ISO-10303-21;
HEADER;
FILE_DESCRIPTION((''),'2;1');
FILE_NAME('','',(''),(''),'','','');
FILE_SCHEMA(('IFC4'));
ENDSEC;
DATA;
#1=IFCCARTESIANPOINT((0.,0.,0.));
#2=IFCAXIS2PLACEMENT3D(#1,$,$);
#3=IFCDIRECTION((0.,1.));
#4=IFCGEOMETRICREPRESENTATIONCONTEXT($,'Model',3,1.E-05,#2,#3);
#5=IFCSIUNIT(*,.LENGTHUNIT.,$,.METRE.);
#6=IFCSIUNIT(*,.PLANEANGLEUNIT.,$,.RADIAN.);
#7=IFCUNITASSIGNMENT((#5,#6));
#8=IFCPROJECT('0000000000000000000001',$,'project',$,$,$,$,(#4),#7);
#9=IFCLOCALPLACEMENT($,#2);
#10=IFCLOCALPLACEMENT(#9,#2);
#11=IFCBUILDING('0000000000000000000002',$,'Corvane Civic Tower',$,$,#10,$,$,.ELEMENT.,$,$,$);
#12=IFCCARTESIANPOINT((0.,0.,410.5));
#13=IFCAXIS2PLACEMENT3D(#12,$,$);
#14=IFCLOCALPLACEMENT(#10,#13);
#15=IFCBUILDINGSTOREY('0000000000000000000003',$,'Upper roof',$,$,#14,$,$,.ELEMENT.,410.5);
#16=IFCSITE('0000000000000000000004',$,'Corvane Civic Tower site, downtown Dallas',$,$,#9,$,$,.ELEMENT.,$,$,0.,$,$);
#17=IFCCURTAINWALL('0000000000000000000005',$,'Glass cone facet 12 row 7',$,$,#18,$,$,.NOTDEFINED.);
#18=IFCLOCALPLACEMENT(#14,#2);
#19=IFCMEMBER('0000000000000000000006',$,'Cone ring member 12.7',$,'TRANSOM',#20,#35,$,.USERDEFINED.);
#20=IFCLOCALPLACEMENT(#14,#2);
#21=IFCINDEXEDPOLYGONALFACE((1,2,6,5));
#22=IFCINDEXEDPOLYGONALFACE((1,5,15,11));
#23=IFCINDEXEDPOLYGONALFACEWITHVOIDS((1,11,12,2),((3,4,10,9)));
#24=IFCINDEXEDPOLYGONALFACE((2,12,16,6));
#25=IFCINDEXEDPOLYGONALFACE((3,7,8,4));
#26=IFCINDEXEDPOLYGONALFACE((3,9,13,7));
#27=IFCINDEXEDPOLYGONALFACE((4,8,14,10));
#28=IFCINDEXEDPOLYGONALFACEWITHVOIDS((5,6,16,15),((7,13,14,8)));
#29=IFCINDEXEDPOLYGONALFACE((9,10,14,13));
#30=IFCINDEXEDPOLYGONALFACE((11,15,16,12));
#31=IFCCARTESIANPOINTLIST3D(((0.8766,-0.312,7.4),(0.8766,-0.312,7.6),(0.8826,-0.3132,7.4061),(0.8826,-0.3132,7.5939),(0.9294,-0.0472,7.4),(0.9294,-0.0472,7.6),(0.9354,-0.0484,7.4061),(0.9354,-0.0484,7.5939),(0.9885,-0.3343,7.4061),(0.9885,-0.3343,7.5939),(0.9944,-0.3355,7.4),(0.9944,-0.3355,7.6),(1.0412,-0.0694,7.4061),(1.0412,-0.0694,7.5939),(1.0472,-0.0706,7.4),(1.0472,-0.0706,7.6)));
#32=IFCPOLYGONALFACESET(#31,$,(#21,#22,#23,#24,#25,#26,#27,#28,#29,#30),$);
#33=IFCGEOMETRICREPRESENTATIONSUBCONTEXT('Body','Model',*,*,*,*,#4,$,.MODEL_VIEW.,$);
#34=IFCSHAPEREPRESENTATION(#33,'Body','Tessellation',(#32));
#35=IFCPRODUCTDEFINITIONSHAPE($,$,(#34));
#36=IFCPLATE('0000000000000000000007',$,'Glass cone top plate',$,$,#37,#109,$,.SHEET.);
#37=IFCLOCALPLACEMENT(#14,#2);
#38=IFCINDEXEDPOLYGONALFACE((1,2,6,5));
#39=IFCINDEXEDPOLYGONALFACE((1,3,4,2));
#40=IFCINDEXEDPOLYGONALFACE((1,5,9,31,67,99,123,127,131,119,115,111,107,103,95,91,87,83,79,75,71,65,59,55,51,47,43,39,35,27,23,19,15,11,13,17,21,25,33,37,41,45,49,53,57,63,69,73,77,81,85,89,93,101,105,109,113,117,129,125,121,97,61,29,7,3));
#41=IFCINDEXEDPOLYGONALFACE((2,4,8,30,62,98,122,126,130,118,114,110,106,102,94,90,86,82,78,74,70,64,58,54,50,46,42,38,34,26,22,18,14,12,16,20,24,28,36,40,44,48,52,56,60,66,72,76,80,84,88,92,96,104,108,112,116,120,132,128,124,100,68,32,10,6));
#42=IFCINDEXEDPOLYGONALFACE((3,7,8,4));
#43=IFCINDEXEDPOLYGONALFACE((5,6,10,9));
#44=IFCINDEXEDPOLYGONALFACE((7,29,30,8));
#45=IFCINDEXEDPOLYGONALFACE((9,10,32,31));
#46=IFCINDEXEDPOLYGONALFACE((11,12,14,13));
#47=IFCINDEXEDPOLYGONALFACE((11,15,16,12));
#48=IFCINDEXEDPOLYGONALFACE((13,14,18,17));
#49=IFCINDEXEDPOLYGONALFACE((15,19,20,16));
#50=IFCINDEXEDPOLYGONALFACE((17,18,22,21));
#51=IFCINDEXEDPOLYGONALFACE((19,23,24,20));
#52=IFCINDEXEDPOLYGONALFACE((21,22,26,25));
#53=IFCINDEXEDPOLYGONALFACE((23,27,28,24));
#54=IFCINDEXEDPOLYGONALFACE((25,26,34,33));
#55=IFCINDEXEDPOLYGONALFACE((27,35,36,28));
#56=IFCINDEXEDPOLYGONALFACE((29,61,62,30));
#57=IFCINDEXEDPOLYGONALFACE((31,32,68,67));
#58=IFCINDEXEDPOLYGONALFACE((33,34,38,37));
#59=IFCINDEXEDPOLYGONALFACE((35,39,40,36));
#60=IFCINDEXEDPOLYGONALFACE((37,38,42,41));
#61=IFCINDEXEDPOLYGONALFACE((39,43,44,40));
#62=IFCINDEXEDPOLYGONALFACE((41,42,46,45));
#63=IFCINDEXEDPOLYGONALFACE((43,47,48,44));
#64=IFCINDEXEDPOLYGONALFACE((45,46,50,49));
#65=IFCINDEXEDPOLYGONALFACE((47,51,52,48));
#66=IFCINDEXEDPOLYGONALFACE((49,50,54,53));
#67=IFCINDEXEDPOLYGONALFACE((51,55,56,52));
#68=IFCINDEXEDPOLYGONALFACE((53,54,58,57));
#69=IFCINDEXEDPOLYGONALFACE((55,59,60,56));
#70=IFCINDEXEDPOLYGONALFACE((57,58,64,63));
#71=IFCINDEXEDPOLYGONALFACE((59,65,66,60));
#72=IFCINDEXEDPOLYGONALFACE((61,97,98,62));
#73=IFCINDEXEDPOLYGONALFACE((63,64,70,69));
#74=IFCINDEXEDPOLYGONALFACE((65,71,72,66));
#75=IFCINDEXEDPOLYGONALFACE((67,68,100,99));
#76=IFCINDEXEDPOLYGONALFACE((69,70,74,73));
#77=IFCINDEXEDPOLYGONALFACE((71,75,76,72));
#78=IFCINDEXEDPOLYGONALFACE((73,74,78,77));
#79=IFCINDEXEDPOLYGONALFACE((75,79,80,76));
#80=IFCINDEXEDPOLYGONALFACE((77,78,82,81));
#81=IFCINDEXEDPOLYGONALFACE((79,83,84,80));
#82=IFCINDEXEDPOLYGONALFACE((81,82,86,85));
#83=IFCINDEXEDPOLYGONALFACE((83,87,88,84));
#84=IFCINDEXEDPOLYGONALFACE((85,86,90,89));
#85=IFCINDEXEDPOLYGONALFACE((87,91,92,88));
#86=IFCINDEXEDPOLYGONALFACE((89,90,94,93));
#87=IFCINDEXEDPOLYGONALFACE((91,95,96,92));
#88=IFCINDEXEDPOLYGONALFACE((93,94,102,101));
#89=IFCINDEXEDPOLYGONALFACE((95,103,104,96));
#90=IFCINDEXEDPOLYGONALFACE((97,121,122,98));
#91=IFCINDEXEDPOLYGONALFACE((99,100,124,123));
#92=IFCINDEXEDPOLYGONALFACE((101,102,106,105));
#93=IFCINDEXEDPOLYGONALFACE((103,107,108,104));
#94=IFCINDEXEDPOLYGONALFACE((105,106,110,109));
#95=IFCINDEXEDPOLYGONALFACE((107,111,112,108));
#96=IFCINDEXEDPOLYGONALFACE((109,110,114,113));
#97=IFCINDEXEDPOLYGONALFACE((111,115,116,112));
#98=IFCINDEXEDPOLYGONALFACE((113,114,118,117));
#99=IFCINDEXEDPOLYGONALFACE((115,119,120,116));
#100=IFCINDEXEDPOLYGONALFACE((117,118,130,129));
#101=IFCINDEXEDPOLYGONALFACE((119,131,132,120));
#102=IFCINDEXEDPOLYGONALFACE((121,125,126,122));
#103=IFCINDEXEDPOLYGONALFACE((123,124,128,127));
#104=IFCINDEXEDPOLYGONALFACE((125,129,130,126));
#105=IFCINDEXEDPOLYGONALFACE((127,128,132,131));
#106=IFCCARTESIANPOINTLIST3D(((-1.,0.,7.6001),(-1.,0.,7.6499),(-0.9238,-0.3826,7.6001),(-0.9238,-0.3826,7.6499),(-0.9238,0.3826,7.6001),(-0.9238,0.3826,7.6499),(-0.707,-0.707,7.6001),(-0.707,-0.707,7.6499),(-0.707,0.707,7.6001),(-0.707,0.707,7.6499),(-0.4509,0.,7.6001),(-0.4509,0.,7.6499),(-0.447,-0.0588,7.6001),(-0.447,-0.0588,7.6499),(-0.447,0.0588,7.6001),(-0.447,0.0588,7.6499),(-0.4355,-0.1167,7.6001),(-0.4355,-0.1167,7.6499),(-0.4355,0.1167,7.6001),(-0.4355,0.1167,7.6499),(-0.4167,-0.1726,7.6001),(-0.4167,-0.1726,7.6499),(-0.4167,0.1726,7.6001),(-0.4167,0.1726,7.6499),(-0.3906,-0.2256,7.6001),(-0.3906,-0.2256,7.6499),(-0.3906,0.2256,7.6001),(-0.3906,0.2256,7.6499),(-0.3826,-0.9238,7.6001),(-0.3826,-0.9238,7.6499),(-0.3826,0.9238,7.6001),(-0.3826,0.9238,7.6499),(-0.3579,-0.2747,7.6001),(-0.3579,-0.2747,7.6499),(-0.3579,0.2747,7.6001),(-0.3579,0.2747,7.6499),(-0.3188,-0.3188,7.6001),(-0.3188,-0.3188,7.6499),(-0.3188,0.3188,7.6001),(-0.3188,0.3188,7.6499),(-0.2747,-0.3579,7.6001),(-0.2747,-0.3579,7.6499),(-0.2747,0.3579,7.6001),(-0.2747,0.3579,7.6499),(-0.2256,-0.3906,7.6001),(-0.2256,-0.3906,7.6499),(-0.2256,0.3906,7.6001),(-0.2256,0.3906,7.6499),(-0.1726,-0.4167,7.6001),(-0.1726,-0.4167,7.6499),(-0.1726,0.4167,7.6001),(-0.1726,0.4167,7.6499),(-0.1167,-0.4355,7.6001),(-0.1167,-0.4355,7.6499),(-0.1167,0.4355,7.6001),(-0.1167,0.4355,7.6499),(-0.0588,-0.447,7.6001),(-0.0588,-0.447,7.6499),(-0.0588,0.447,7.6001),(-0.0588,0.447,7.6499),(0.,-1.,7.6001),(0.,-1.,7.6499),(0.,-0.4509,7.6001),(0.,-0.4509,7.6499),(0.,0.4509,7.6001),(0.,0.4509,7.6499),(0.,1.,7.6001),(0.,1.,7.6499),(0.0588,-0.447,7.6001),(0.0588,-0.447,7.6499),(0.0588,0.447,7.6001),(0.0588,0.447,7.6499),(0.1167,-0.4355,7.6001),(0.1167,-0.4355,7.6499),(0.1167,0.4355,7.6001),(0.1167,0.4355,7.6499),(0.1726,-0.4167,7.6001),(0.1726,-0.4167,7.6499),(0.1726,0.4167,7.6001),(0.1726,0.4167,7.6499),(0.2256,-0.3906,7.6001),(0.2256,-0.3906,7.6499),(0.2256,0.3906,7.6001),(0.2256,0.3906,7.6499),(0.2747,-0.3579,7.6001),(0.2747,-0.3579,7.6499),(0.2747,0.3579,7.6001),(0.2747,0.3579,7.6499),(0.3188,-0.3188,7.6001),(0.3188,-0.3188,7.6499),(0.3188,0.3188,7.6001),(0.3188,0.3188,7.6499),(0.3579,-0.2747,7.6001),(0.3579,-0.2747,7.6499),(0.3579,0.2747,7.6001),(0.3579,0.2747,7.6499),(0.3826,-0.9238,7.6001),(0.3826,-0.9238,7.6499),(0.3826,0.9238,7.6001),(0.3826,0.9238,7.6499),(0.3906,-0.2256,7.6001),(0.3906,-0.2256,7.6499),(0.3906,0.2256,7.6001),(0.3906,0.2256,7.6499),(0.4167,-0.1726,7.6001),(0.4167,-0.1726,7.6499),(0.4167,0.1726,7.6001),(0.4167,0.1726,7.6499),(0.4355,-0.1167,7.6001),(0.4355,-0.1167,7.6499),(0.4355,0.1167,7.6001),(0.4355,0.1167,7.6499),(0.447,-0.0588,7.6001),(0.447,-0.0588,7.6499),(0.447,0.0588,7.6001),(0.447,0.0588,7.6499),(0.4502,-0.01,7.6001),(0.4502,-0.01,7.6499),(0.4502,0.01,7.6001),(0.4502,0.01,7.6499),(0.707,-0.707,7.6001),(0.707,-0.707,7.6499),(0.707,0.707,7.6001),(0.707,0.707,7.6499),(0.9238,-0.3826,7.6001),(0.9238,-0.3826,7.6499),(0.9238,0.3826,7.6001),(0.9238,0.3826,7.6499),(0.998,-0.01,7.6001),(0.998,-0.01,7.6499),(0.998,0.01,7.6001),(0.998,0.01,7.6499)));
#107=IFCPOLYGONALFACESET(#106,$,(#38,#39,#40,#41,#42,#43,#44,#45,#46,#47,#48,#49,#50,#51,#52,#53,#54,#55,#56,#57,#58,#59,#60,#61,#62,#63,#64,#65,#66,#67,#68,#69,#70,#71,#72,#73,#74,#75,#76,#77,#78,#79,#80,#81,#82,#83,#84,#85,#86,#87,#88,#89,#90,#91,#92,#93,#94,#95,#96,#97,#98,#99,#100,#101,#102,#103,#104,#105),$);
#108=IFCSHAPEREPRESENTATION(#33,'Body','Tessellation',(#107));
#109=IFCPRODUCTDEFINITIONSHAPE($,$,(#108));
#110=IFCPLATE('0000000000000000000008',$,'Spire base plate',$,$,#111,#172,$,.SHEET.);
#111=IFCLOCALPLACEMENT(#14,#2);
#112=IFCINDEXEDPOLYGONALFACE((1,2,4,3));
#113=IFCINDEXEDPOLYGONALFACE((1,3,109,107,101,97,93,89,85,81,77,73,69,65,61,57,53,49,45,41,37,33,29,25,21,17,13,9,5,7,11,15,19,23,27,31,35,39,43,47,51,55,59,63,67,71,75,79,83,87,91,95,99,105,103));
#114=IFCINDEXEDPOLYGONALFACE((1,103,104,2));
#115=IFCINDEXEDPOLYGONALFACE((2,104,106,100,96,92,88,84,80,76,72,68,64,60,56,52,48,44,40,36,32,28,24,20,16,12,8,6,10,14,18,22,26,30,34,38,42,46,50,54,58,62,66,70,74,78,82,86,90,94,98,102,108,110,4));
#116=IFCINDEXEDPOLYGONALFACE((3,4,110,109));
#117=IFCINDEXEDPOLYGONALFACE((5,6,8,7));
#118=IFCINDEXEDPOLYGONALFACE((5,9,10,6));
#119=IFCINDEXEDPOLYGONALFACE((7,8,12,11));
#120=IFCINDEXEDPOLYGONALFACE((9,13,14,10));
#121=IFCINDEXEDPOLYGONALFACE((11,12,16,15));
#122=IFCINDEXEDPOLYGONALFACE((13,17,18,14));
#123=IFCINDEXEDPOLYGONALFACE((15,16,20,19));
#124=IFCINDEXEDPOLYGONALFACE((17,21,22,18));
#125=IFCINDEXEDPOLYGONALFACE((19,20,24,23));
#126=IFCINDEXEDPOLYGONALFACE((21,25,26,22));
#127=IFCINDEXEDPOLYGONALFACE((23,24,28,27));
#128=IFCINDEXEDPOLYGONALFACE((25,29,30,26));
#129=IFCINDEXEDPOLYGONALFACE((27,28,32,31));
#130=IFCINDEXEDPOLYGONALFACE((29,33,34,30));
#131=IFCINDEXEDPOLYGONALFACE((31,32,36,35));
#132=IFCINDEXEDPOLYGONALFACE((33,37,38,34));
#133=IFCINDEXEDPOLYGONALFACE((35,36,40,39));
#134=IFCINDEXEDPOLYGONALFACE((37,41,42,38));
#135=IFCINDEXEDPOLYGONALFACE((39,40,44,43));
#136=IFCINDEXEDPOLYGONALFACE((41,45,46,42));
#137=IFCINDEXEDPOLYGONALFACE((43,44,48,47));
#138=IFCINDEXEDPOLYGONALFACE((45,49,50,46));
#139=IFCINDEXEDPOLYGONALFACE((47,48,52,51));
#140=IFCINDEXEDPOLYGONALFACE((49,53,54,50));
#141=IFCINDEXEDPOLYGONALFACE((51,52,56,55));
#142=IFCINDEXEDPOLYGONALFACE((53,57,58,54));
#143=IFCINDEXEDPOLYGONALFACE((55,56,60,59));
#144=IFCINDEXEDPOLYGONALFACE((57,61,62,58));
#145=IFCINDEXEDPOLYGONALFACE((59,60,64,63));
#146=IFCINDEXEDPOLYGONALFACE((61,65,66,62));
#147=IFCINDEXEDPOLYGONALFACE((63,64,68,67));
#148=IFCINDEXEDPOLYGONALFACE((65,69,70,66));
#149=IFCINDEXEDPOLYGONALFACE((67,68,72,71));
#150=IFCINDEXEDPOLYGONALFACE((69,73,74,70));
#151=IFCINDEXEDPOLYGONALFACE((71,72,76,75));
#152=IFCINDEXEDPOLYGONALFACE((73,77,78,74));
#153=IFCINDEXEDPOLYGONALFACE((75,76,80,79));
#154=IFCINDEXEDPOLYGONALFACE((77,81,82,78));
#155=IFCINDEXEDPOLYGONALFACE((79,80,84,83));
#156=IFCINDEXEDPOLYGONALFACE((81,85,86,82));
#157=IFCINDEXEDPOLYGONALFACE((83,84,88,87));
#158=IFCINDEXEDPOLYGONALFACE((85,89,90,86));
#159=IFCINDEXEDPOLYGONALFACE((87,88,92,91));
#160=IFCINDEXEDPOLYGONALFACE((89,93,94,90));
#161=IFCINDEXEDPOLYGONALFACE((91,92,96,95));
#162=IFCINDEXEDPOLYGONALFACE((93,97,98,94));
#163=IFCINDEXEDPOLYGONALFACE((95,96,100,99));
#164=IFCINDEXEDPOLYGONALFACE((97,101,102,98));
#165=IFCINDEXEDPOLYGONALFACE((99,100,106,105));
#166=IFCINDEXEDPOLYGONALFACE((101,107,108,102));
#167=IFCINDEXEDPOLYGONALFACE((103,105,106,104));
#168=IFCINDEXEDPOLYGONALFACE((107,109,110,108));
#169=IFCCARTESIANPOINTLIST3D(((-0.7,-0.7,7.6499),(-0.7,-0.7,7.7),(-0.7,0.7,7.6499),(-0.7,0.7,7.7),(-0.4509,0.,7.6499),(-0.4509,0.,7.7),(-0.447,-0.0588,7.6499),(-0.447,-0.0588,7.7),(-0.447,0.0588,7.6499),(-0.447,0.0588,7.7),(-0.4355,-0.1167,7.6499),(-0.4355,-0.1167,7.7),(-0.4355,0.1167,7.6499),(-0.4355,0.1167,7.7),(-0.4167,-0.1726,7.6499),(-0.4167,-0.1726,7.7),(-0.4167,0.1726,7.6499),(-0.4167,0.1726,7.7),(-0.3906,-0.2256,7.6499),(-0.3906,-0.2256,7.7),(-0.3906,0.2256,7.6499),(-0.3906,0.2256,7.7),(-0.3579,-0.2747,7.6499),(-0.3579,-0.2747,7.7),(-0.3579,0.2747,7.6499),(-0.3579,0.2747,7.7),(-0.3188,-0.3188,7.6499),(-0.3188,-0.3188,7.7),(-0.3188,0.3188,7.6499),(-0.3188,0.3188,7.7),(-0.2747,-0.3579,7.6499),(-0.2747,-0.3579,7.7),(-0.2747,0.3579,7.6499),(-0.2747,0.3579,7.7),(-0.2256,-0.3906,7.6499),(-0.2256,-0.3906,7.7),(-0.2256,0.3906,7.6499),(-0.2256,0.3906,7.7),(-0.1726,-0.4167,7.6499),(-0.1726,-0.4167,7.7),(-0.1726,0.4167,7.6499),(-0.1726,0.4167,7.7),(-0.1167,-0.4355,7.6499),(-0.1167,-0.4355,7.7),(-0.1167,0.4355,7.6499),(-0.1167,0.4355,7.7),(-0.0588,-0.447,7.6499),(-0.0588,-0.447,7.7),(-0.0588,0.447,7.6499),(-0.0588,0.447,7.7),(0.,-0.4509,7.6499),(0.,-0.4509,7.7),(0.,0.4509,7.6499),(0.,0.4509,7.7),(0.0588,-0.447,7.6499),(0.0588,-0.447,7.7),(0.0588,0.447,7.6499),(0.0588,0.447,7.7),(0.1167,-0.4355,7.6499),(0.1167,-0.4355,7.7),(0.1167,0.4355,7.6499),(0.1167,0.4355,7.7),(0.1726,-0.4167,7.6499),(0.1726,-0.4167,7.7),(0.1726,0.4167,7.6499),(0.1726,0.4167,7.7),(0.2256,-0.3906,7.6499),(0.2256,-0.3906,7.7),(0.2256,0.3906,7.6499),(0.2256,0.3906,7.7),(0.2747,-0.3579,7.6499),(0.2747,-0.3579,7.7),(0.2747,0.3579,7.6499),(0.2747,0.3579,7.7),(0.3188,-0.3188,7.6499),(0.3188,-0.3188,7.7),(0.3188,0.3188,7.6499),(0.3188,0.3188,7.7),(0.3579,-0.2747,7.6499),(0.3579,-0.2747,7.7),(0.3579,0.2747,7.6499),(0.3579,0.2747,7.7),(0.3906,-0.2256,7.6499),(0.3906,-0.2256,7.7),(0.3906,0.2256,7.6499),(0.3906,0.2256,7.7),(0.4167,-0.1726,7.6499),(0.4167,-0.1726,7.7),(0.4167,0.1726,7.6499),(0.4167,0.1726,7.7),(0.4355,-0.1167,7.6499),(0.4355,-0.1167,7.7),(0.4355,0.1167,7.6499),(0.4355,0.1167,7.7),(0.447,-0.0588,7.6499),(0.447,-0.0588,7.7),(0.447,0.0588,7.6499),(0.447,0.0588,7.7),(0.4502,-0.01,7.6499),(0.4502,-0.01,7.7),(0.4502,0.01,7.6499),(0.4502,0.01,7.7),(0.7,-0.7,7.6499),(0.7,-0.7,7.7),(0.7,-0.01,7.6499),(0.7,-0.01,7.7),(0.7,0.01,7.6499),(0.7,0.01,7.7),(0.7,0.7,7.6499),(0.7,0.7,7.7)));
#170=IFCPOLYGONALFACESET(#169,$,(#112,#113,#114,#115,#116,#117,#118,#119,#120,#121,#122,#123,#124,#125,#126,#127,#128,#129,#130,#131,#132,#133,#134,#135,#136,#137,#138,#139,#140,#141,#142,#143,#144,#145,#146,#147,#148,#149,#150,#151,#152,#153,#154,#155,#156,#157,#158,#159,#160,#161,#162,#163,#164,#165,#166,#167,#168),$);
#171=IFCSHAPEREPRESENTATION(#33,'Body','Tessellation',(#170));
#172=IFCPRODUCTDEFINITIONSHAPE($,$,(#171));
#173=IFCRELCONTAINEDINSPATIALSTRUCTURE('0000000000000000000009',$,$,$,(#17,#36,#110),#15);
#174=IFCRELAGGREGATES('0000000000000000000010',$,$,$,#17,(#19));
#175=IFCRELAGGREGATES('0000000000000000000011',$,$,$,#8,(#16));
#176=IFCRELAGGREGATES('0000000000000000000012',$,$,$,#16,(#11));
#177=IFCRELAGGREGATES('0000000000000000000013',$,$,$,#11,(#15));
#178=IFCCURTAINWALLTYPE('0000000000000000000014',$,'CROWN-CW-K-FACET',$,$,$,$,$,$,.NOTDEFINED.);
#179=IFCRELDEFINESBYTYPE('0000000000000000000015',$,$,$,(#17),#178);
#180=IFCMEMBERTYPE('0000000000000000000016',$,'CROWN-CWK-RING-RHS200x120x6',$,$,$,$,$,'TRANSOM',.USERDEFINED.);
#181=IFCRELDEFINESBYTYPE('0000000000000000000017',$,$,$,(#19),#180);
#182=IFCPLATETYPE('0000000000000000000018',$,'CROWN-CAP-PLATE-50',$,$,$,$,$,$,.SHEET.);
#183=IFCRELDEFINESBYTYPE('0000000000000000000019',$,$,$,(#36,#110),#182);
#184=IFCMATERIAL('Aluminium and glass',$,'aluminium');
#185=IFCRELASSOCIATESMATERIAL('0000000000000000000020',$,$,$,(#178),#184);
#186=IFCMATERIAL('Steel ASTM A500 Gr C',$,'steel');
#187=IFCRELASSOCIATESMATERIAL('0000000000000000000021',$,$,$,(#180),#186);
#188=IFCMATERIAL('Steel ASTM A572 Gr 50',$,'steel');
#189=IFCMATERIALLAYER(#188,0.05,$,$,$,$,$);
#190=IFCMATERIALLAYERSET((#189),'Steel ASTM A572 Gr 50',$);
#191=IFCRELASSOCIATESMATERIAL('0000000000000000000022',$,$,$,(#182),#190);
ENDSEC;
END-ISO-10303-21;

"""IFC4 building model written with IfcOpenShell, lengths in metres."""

from ifc_helpers import new_model, si_unit, direction, frame, origin, origin_2d, place, context, subcontext, project, spatial, polyline, hollow_rectangle, outline, extrude, material, layer, layer_set, material_profile, profile_set, type_object, element, aggregate, save


model = new_model("IFC4")

# Units and contexts
model_context = context("Model", 3, precision=1e-05, world=origin(), true_north=direction((0.0, 1.0)))
body_context = subcontext(model_context, "Body", "Model", "MODEL_VIEW")
ifc_project = project(units=[si_unit("LENGTHUNIT", "METRE"), si_unit("PLANEANGLEUNIT", "RADIAN")], contexts=[model_context])

# Site, building, storey
site_placement = place(None, origin())
site = spatial("IfcSite", under=ifc_project, at=site_placement, Name="Corvane Civic Tower site, downtown Dallas", CompositionType="ELEMENT", RefElevation=0.0)
building_placement = place(site_placement, origin())
building = spatial("IfcBuilding", under=site, at=building_placement, Name="Corvane Civic Tower", CompositionType="ELEMENT")
storey_placement = place(building_placement, frame((0.0, 0.0, 410.5)))
storey = spatial("IfcBuildingStorey", under=building, at=storey_placement, Name="Upper roof", CompositionType="ELEMENT", Elevation=410.5)

# Curtain wall
ifc_material_1 = material(Name="Aluminium and glass", Category="aluminium")
curtain_wall_type = type_object("IfcCurtainWallType", Name="CROWN-CW-K-FACET", PredefinedType="NOTDEFINED", material=ifc_material_1)
curtain_wall_1_placement = place(storey_placement, origin())
curtain_wall_1 = element("IfcCurtainWall", 1, at=curtain_wall_1_placement, inside=storey, type_object=curtain_wall_type, Name="Glass cone facet 12 row 7", PredefinedType="NOTDEFINED")

# Shared definitions
ifc_material_2 = material(Name="Steel ASTM A500 Gr C", Category="steel")
ifc_material_profile_1 = material_profile(ifc_material_2, hollow_rectangle(XDim=0.1201, YDim=0.2, WallThickness=0.0061, at=origin_2d()), Name="RHS 200x120x6")
ifc_profile_set_1 = profile_set([ifc_material_profile_1], Name="Steel ASTM A500 Gr C")
member_type_1 = type_object("IfcMemberType", Name="CROWN-CWK-RING-RHS200x120x6", ElementType="TRANSOM", PredefinedType="USERDEFINED", material=ifc_profile_set_1)

# Member
member_1_placement = place(storey_placement, frame((0.9355, -0.3237, 7.5), z_axis=(0.195247, 0.980754, 0.0), x_axis=(-0.980754, 0.195247, 0.0)))
member_1 = element("IfcMember", 2, at=member_1_placement, type_object=member_type_1, Name="Cone ring member 12.7", ObjectType="TRANSOM", PredefinedType="USERDEFINED", context=body_context, shape_type="SweptSolid", body=[
    extrude(hollow_rectangle(XDim=0.1201, YDim=0.2, WallThickness=0.0061, at=origin_2d()), origin(), (0.0, 0.0, 1.0), 0.27),
])

# Plates
ifc_material_3 = material(Name="Steel ASTM A572 Gr 50", Category="steel")
ifc_layer_1 = layer(ifc_material_3, 0.05)
ifc_layer_set_1 = layer_set([ifc_layer_1], Name="Steel ASTM A572 Gr 50")
plate_type_1 = type_object("IfcPlateType", Name="CROWN-CAP-PLATE-50", PredefinedType="SHEET", material=ifc_layer_set_1)
plate_1_placement = place(storey_placement, frame((0.0, 0.0, 7.6001)))
element("IfcPlate", 3, at=plate_1_placement, inside=storey, type_object=plate_type_1, Name="Glass cone top plate", PredefinedType="SHEET", context=body_context, shape_type="SweptSolid", body=[
    extrude(outline(polyline([(0.9238, -0.3826), (0.998, -0.01), (0.4502, -0.01), (0.447, -0.0588), (0.4355, -0.1167), (0.4167, -0.1726), (0.3906, -0.2256), (0.3579, -0.2747), (0.3188, -0.3188), (0.2747, -0.3579), (0.2256, -0.3906), (0.1726, -0.4167), (0.1167, -0.4355), (0.0588, -0.447), (0.0, -0.4509), (-0.0588, -0.447), (-0.1167, -0.4355), (-0.1726, -0.4167), (-0.2256, -0.3906), (-0.2747, -0.3579), (-0.3188, -0.3188), (-0.3579, -0.2747), (-0.3906, -0.2256), (-0.4167, -0.1726), (-0.4355, -0.1167), (-0.447, -0.0588), (-0.4509, 0.0), (-0.447, 0.0588), (-0.4355, 0.1167), (-0.4167, 0.1726), (-0.3906, 0.2256), (-0.3579, 0.2747), (-0.3188, 0.3188), (-0.2747, 0.3579), (-0.2256, 0.3906), (-0.1726, 0.4167), (-0.1167, 0.4355), (-0.0588, 0.447), (0.0, 0.4509), (0.0588, 0.447), (0.1167, 0.4355), (0.1726, 0.4167), (0.2256, 0.3906), (0.2747, 0.3579), (0.3188, 0.3188), (0.3579, 0.2747), (0.3906, 0.2256), (0.4167, 0.1726), (0.4355, 0.1167), (0.447, 0.0588), (0.4502, 0.01), (0.998, 0.01), (0.9238, 0.3826), (0.707, 0.707), (0.3826, 0.9238), (0.0, 1.0), (-0.3826, 0.9238), (-0.707, 0.707), (-0.9238, 0.3826), (-1.0, 0.0), (-0.9238, -0.3826), (-0.707, -0.707), (-0.3826, -0.9238), (0.0, -1.0), (0.3826, -0.9238), (0.707, -0.707), (0.9238, -0.3826)])), origin(), (0.0, 0.0, 1.0), 0.0498),
])
plate_2_placement = place(storey_placement, frame((0.0, 0.0, 7.6499)))
element("IfcPlate", 4, at=plate_2_placement, inside=storey, type_object=plate_type_1, Name="Spire base plate", PredefinedType="SHEET", context=body_context, shape_type="SweptSolid", body=[
    extrude(outline(polyline([(0.7, -0.7), (0.7, -0.01), (0.4502, -0.01), (0.447, -0.0588), (0.4355, -0.1167), (0.4167, -0.1726), (0.3906, -0.2256), (0.3579, -0.2747), (0.3188, -0.3188), (0.2747, -0.3579), (0.2256, -0.3906), (0.1726, -0.4167), (0.1167, -0.4355), (0.0588, -0.447), (0.0, -0.4509), (-0.0588, -0.447), (-0.1167, -0.4355), (-0.1726, -0.4167), (-0.2256, -0.3906), (-0.2747, -0.3579), (-0.3188, -0.3188), (-0.3579, -0.2747), (-0.3906, -0.2256), (-0.4167, -0.1726), (-0.4355, -0.1167), (-0.447, -0.0588), (-0.4509, 0.0), (-0.447, 0.0588), (-0.4355, 0.1167), (-0.4167, 0.1726), (-0.3906, 0.2256), (-0.3579, 0.2747), (-0.3188, 0.3188), (-0.2747, 0.3579), (-0.2256, 0.3906), (-0.1726, 0.4167), (-0.1167, 0.4355), (-0.0588, 0.447), (0.0, 0.4509), (0.0588, 0.447), (0.1167, 0.4355), (0.1726, 0.4167), (0.2256, 0.3906), (0.2747, 0.3579), (0.3188, 0.3188), (0.3579, 0.2747), (0.3906, 0.2256), (0.4167, 0.1726), (0.4355, 0.1167), (0.447, 0.0588), (0.4502, 0.01), (0.7, 0.01), (0.7, 0.7), (-0.7, 0.7), (-0.7, -0.7), (0.7, -0.7)])), origin(), (0.0, 0.0, 1.0), 0.05),
])

aggregate(curtain_wall_1, [member_1])

save(model, "model.ifc")
